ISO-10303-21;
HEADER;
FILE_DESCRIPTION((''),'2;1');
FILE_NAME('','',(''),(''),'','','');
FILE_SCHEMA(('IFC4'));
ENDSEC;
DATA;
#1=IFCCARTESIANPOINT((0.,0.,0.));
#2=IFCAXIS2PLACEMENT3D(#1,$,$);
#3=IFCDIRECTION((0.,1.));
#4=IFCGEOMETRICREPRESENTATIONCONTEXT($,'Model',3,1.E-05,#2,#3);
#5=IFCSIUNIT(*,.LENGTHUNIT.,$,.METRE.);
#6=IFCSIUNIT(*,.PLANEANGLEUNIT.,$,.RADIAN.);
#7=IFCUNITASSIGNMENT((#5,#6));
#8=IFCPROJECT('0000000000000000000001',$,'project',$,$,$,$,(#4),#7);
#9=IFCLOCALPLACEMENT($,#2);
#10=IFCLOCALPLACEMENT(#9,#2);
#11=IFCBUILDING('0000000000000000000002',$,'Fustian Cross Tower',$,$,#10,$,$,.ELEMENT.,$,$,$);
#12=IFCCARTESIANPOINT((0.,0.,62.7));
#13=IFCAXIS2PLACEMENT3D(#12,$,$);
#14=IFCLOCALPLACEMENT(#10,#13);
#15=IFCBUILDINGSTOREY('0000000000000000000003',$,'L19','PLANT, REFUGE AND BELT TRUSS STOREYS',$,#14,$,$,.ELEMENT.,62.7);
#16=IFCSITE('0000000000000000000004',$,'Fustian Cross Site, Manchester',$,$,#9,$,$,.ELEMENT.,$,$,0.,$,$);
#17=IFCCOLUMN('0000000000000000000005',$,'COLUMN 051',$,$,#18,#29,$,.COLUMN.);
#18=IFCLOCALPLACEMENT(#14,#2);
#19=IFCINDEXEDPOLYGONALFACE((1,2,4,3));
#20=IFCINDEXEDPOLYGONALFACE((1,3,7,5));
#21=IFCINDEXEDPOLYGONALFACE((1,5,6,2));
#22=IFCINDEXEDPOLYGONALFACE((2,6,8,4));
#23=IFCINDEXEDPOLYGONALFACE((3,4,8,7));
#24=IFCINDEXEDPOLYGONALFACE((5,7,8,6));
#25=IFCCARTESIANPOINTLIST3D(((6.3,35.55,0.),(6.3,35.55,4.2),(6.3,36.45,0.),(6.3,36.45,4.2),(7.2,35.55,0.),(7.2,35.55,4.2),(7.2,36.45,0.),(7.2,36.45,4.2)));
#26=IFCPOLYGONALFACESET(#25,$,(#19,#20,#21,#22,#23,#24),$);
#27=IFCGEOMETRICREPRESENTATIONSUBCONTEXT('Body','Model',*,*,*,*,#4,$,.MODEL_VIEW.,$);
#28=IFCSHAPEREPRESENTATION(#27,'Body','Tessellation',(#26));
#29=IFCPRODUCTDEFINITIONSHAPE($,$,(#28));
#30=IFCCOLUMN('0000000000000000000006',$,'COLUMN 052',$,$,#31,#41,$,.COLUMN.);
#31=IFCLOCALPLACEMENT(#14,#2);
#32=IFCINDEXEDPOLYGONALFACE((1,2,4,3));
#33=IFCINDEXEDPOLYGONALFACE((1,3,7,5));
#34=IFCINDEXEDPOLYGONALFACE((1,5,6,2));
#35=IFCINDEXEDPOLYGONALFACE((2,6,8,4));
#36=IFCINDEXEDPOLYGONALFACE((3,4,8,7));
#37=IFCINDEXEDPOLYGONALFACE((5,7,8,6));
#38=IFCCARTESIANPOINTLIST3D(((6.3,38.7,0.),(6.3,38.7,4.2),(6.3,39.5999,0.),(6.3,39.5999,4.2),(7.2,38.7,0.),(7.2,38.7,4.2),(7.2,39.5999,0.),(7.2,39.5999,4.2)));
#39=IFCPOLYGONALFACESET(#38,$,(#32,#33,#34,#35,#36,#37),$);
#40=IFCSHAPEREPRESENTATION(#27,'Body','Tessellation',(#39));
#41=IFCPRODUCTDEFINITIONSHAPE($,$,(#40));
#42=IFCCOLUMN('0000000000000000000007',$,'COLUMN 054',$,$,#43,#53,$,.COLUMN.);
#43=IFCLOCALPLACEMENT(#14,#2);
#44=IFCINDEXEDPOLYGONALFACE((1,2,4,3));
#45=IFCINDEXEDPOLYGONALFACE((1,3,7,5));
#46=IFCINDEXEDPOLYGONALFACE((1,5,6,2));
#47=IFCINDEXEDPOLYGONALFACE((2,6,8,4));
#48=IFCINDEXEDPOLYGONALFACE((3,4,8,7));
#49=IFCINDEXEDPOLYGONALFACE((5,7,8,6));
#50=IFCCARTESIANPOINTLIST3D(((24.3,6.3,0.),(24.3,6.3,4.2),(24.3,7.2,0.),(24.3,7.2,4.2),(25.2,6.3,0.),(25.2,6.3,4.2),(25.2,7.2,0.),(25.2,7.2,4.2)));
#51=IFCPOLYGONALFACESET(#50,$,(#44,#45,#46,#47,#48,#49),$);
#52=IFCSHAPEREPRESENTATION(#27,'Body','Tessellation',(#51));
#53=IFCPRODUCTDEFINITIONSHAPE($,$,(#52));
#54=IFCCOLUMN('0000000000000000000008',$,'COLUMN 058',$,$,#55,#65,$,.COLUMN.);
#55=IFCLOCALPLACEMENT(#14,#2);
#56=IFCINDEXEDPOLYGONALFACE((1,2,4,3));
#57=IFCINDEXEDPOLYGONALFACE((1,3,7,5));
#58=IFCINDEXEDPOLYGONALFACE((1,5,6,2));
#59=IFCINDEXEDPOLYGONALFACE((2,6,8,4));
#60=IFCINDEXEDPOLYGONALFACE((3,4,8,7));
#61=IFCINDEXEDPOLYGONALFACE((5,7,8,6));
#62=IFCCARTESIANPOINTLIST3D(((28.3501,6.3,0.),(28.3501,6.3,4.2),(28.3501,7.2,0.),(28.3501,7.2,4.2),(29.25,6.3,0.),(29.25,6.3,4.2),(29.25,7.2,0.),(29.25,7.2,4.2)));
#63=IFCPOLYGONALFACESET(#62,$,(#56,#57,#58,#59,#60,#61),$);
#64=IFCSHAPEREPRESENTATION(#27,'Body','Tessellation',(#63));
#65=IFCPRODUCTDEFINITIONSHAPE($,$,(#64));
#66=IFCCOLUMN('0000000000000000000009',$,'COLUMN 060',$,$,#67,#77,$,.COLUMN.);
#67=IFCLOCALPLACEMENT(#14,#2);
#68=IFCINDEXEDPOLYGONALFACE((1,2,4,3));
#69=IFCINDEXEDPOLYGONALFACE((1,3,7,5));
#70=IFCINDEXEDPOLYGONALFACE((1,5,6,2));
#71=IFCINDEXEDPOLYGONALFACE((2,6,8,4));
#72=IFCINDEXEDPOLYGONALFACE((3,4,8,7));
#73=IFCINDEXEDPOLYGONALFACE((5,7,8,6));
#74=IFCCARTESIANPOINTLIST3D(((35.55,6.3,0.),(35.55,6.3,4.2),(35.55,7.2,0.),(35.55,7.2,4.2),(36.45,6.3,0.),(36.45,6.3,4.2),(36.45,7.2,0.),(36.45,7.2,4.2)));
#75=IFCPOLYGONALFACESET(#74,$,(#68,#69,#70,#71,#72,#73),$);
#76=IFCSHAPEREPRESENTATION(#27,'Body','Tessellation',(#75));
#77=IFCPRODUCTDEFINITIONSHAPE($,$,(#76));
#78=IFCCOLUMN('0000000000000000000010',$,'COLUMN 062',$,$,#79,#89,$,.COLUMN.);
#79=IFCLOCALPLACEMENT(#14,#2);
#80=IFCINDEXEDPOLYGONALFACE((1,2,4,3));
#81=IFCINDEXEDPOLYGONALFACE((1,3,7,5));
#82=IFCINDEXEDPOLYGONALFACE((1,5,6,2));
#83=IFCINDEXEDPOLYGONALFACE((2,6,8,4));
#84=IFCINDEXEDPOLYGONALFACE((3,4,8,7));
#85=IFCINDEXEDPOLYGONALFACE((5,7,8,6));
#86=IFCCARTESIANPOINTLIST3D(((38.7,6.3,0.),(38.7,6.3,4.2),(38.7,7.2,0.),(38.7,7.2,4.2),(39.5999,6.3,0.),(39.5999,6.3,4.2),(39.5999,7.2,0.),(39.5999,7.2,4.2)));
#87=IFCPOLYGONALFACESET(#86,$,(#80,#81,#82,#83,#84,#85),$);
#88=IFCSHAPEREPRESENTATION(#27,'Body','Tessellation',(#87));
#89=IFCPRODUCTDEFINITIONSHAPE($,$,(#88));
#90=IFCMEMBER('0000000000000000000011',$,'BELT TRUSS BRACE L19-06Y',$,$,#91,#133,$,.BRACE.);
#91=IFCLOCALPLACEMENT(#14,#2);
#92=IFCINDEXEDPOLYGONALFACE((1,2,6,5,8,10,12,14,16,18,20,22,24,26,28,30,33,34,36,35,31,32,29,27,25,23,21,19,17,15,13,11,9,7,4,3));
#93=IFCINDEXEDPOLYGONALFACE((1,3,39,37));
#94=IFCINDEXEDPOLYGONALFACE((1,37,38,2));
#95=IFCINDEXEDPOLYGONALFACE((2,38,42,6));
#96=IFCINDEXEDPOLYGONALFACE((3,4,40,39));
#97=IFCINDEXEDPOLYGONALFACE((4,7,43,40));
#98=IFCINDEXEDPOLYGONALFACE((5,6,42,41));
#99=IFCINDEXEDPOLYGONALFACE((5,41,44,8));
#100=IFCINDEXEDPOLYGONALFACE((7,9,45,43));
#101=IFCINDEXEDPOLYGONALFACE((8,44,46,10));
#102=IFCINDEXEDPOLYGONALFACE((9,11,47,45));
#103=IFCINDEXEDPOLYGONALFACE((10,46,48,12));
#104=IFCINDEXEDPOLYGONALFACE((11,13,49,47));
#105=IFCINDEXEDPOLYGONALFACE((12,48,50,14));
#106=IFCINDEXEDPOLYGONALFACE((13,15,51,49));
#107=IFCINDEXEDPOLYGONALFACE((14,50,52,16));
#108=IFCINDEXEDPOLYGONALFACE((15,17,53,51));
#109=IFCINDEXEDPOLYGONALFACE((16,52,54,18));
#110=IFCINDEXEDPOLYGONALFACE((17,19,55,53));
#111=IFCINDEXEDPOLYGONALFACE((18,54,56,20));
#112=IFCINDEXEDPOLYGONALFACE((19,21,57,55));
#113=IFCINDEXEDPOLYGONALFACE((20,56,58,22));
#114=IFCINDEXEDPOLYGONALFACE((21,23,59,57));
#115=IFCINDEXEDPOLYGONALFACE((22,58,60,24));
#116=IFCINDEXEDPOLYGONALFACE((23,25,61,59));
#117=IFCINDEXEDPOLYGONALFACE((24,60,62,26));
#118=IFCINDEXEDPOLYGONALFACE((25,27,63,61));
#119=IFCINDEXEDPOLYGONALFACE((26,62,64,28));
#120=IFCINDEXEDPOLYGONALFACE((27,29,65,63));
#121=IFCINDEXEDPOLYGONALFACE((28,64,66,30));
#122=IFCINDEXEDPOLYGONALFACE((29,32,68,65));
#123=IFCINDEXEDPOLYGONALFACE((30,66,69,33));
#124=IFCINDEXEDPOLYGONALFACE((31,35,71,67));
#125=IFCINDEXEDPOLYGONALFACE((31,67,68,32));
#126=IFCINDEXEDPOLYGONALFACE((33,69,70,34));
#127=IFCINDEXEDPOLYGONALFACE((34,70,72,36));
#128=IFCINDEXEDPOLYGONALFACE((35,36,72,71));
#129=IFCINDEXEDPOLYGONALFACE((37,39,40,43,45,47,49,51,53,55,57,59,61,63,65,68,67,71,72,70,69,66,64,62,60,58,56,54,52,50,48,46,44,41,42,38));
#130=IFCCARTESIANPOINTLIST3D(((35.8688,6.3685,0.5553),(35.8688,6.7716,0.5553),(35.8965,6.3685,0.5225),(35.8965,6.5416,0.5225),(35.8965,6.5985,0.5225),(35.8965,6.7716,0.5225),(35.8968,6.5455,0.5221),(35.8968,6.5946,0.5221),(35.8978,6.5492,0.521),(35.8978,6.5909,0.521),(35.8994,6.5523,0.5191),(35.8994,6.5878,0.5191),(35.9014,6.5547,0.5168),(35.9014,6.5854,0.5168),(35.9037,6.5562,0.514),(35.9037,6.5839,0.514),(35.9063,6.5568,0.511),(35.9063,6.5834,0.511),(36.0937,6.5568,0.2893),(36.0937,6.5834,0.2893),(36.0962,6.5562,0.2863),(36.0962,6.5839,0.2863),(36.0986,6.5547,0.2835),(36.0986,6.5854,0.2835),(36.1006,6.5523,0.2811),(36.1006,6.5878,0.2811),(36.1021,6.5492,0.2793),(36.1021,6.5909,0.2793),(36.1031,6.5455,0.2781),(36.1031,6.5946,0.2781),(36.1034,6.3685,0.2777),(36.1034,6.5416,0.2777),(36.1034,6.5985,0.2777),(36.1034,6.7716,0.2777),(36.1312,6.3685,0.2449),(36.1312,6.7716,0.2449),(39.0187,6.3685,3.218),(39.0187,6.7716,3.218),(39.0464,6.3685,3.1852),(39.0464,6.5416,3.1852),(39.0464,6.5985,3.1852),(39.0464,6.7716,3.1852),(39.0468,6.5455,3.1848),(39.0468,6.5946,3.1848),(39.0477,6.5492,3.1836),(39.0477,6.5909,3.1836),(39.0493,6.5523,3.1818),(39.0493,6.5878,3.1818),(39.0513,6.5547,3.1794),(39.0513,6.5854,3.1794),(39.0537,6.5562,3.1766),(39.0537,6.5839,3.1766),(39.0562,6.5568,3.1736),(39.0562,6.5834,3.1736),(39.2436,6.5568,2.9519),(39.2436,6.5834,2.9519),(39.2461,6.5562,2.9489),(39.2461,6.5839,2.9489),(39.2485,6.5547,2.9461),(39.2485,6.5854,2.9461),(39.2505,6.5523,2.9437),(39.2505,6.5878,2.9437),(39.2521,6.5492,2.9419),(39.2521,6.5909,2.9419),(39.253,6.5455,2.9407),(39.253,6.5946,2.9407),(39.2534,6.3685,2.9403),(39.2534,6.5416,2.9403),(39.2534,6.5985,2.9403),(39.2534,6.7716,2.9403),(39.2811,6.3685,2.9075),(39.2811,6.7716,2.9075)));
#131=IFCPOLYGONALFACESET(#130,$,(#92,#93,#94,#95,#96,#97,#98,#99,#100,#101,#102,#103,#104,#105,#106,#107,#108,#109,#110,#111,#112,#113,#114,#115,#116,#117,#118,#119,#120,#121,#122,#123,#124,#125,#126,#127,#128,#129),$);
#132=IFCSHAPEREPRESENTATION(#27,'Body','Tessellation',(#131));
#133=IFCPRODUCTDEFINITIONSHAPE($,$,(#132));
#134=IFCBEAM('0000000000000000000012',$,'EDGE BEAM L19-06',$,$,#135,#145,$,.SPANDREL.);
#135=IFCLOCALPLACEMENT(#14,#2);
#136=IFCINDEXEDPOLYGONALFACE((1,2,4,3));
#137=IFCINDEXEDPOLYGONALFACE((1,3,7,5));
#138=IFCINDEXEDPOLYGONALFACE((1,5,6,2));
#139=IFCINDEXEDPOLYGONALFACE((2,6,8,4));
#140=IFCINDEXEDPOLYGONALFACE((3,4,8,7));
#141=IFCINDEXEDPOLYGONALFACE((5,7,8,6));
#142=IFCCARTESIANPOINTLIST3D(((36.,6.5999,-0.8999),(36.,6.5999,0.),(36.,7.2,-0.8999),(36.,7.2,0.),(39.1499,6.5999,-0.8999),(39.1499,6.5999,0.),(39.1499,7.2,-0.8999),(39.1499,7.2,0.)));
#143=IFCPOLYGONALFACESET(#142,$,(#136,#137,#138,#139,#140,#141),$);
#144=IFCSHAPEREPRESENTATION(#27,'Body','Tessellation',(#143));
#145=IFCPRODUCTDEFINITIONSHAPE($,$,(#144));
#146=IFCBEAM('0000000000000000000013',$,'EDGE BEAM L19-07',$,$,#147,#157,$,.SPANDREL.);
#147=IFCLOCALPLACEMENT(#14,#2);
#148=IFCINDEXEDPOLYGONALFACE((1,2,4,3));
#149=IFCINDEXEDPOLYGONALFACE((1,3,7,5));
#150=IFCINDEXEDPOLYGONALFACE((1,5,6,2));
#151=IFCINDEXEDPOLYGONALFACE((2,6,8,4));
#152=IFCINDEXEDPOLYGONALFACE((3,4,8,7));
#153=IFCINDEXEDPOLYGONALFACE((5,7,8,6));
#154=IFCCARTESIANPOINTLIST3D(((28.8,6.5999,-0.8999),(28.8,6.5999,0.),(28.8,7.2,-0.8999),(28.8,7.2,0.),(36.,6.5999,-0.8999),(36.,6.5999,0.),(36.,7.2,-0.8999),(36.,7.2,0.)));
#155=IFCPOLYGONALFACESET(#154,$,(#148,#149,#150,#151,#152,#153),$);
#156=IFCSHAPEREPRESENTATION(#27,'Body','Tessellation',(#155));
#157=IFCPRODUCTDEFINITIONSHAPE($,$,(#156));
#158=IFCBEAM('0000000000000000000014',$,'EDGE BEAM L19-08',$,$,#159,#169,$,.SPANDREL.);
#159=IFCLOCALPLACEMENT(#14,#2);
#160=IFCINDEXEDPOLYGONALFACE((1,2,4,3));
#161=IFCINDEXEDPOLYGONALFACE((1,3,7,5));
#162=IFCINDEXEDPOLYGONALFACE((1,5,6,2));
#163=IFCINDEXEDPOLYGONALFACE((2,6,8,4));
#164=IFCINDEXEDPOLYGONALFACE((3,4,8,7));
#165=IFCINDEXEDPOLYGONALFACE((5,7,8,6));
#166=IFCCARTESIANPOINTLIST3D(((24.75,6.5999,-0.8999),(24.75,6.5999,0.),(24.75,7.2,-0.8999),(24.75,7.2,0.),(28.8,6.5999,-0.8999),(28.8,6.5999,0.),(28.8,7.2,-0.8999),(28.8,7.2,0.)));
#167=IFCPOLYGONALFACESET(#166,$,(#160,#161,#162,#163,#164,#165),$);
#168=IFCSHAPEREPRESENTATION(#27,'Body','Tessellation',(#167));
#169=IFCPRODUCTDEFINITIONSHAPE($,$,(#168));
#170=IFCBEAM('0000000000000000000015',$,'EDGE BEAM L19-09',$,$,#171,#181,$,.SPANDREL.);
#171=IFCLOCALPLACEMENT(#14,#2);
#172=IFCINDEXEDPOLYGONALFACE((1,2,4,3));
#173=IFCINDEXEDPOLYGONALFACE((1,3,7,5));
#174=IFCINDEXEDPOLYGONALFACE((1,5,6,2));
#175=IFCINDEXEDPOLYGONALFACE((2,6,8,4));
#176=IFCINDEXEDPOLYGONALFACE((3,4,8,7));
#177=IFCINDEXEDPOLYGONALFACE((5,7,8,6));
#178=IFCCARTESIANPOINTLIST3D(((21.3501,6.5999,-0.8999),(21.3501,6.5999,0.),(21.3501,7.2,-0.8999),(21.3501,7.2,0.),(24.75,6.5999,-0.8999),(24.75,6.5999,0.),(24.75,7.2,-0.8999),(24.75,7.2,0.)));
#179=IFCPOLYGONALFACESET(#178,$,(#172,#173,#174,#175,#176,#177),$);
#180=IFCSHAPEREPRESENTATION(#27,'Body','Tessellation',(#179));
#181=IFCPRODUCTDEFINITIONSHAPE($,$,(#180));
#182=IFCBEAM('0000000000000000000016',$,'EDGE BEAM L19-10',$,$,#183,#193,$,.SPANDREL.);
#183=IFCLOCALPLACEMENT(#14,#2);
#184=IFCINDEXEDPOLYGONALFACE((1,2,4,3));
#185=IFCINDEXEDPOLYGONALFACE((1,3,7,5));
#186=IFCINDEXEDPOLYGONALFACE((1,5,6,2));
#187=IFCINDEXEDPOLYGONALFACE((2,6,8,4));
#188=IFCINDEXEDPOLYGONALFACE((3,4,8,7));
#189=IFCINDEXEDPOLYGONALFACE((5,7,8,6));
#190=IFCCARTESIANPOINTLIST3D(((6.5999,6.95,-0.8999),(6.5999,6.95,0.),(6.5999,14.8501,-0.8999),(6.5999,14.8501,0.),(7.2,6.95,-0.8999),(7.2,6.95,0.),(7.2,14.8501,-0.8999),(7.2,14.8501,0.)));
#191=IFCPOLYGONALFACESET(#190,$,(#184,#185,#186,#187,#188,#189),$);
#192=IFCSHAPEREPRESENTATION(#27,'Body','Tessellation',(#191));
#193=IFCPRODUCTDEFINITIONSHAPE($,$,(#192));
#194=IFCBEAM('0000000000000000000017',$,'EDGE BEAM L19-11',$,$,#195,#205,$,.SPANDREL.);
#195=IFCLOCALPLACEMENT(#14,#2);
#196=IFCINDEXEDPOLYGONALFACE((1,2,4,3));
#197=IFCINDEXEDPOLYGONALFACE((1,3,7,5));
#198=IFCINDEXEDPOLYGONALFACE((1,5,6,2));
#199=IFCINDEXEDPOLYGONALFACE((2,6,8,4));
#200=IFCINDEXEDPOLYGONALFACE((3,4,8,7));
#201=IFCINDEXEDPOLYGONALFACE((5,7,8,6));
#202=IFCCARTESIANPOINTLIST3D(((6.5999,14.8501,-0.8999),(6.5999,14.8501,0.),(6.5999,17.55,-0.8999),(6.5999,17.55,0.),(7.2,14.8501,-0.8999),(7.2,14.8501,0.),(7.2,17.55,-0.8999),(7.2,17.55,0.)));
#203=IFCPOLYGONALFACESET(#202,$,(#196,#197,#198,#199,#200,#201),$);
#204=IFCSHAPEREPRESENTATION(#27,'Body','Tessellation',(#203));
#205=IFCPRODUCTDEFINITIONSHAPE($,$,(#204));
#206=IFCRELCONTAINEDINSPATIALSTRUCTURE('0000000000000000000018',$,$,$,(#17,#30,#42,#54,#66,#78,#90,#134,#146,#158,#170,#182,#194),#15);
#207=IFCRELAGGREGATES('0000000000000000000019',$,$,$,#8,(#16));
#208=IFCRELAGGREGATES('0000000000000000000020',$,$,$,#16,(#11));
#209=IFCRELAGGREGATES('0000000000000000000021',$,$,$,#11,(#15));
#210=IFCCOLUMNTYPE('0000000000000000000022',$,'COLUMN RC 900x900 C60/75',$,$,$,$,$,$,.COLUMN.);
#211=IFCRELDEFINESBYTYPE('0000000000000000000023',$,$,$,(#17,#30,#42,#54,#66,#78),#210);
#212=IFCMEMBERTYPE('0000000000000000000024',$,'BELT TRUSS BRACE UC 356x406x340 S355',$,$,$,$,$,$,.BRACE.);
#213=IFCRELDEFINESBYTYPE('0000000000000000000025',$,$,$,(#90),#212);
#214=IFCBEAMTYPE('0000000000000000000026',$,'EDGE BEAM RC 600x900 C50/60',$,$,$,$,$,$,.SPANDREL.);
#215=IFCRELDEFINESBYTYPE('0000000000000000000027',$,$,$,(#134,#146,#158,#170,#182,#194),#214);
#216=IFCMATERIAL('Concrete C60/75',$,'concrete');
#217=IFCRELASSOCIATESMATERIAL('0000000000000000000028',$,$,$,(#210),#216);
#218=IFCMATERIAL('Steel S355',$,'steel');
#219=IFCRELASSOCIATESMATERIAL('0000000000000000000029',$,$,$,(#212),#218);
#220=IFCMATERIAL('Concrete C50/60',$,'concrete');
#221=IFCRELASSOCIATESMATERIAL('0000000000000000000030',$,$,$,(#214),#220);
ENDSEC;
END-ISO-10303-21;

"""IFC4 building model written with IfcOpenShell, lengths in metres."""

from ifc_helpers import new_model, si_unit, direction, frame, origin, origin_2d, place, context, subcontext, project, spatial, rectangle, i_section, extrude, material, material_profile, profile_set, type_object, element, save


model = new_model("IFC4")

# Units and contexts
model_context = context("Model", 3, precision=1e-05, world=origin(), true_north=direction((0.0, 1.0)))
body_context = subcontext(model_context, "Body", "Model", "MODEL_VIEW")
ifc_project = project(units=[si_unit("LENGTHUNIT", "METRE"), si_unit("PLANEANGLEUNIT", "RADIAN")], contexts=[model_context])

# Site, building, storey
site_placement = place(None, origin())
site = spatial("IfcSite", under=ifc_project, at=site_placement, Name="Fustian Cross Site, Manchester", CompositionType="ELEMENT", RefElevation=0.0)
building_placement = place(site_placement, origin())
building = spatial("IfcBuilding", under=site, at=building_placement, Name="Fustian Cross Tower", CompositionType="ELEMENT")
storey_placement = place(building_placement, frame((0.0, 0.0, 62.7)))
storey = spatial("IfcBuildingStorey", under=building, at=storey_placement, Name="L19", Description="PLANT, REFUGE AND BELT TRUSS STOREYS", CompositionType="ELEMENT", Elevation=62.7)

# Columns
ifc_material_1 = material(Name="Concrete C60/75", Category="concrete")
ifc_material_profile_1 = material_profile(ifc_material_1, rectangle(XDim=0.8999, YDim=0.8999, at=origin_2d()), Name="RC 900x900")
ifc_profile_set_1 = profile_set([ifc_material_profile_1], Name="Concrete C60/75")
column_type = type_object("IfcColumnType", Name="COLUMN RC 900x900 C60/75", PredefinedType="COLUMN", material=ifc_profile_set_1)
for number, where, z_axis, x_axis, name in (
    (1, (6.75, 36.0, 0.0), (0.0, 0.0, 1.0), (1.0, 0.0, 0.0), "COLUMN 051"),
    (2, (6.75, 39.1499, 0.0), (0.0, 0.0, 1.0), (1.0, 0.0, 0.0), "COLUMN 052"),
    (3, (24.75, 6.75, 0.0), (0.0, 0.0, 1.0), (1.0, 0.0, 0.0), "COLUMN 054"),
    (4, (28.8, 6.75, 0.0), (0.0, 0.0, 1.0), (1.0, 0.0, 0.0), "COLUMN 058"),
    (5, (36.0, 6.75, 0.0), (0.0, 0.0, 1.0), (1.0, 0.0, 0.0), "COLUMN 060"),
    (6, (39.1499, 6.75, 0.0), (0.0, 0.0, 1.0), (1.0, 0.0, 0.0), "COLUMN 062"),
):
    element("IfcColumn", number, at=place(storey_placement, frame(where, z_axis=z_axis, x_axis=x_axis)), inside=storey, type_object=column_type, Name=name, PredefinedType="COLUMN", context=body_context, shape_type="SweptSolid", body=[
        extrude(rectangle(XDim=0.8999, YDim=0.8999, at=origin_2d()), origin(), (0.0, 0.0, 1.0), 4.2),
    ])

# Member
ifc_material_2 = material(Name="Steel S355", Category="steel")
ifc_material_profile_2 = material_profile(ifc_material_2, i_section(OverallWidth=0.4031, OverallDepth=0.4065, WebThickness=0.0266, FlangeThickness=0.043, FilletRadius=0.0151, at=origin_2d()), Name="UC 356x406x340")
ifc_profile_set_2 = profile_set([ifc_material_profile_2], Name="Steel S355")
member_type = type_object("IfcMemberType", Name="BELT TRUSS BRACE UC 356x406x340 S355", PredefinedType="BRACE", material=ifc_profile_set_2)
member_placement = place(storey_placement, frame((39.1499, 6.5701, 3.0627), z_axis=(-0.76371, 0.0, -0.64556), x_axis=(0.0, -1.0, 0.0)))
element("IfcMember", 7, at=member_placement, inside=storey, type_object=member_type, Name="BELT TRUSS BRACE L19-06Y", PredefinedType="BRACE", context=body_context, shape_type="SweptSolid", body=[
    extrude(i_section(OverallWidth=0.4031, OverallDepth=0.4065, WebThickness=0.0266, FlangeThickness=0.043, FilletRadius=0.0151, at=origin_2d()), origin(), (0.0, 0.0, 1.0), 4.1245),
])

# Beams
ifc_material_3 = material(Name="Concrete C50/60", Category="concrete")
ifc_material_profile_3 = material_profile(ifc_material_3, rectangle(XDim=0.6001, YDim=0.8999, at=origin_2d()), Name="RC 600x900")
ifc_profile_set_3 = profile_set([ifc_material_profile_3], Name="Concrete C50/60")
beam_type = type_object("IfcBeamType", Name="EDGE BEAM RC 600x900 C50/60", PredefinedType="SPANDREL", material=ifc_profile_set_3)
beam_1_placement = place(storey_placement, frame((39.1499, 6.8999, -0.45), z_axis=(-1.0, 0.0, 0.0), x_axis=(0.0, -1.0, 0.0)))
element("IfcBeam", 8, at=beam_1_placement, inside=storey, type_object=beam_type, Name="EDGE BEAM L19-06", PredefinedType="SPANDREL", context=body_context, shape_type="SweptSolid", body=[
    extrude(rectangle(XDim=0.6001, YDim=0.8999, at=origin_2d()), origin(), (0.0, 0.0, 1.0), 3.1499),
])
beam_2_placement = place(storey_placement, frame((36.0, 6.8999, -0.45), z_axis=(-1.0, 0.0, 0.0), x_axis=(0.0, -1.0, 0.0)))
element("IfcBeam", 9, at=beam_2_placement, inside=storey, type_object=beam_type, Name="EDGE BEAM L19-07", PredefinedType="SPANDREL", context=body_context, shape_type="SweptSolid", body=[
    extrude(rectangle(XDim=0.6001, YDim=0.8999, at=origin_2d()), origin(), (0.0, 0.0, 1.0), 7.2),
])
beam_3_placement = place(storey_placement, frame((28.8, 6.8999, -0.45), z_axis=(-1.0, 0.0, 0.0), x_axis=(0.0, -1.0, 0.0)))
element("IfcBeam", 10, at=beam_3_placement, inside=storey, type_object=beam_type, Name="EDGE BEAM L19-08", PredefinedType="SPANDREL", context=body_context, shape_type="SweptSolid", body=[
    extrude(rectangle(XDim=0.6001, YDim=0.8999, at=origin_2d()), origin(), (0.0, 0.0, 1.0), 4.05),
])
beam_4_placement = place(storey_placement, frame((24.75, 6.8999, -0.45), z_axis=(-1.0, 0.0, 0.0), x_axis=(0.0, -1.0, 0.0)))
element("IfcBeam", 11, at=beam_4_placement, inside=storey, type_object=beam_type, Name="EDGE BEAM L19-09", PredefinedType="SPANDREL", context=body_context, shape_type="SweptSolid", body=[
    extrude(rectangle(XDim=0.6001, YDim=0.8999, at=origin_2d()), origin(), (0.0, 0.0, 1.0), 3.3999),
])
beam_5_placement = place(storey_placement, frame((6.8999, 6.95, -0.45), z_axis=(0.0, 1.0, 0.0), x_axis=(-1.0, 0.0, 0.0)))
element("IfcBeam", 12, at=beam_5_placement, inside=storey, type_object=beam_type, Name="EDGE BEAM L19-10", PredefinedType="SPANDREL", context=body_context, shape_type="SweptSolid", body=[
    extrude(rectangle(XDim=0.6001, YDim=0.8999, at=origin_2d()), origin(), (0.0, 0.0, 1.0), 7.9001),
])
beam_6_placement = place(storey_placement, frame((6.8999, 14.8501, -0.45), z_axis=(0.0, 1.0, 0.0), x_axis=(-1.0, 0.0, 0.0)))
element("IfcBeam", 13, at=beam_6_placement, inside=storey, type_object=beam_type, Name="EDGE BEAM L19-11", PredefinedType="SPANDREL", context=body_context, shape_type="SweptSolid", body=[
    extrude(rectangle(XDim=0.6001, YDim=0.8999, at=origin_2d()), origin(), (0.0, 0.0, 1.0), 2.7),
])

save(model, "model.ifc")
